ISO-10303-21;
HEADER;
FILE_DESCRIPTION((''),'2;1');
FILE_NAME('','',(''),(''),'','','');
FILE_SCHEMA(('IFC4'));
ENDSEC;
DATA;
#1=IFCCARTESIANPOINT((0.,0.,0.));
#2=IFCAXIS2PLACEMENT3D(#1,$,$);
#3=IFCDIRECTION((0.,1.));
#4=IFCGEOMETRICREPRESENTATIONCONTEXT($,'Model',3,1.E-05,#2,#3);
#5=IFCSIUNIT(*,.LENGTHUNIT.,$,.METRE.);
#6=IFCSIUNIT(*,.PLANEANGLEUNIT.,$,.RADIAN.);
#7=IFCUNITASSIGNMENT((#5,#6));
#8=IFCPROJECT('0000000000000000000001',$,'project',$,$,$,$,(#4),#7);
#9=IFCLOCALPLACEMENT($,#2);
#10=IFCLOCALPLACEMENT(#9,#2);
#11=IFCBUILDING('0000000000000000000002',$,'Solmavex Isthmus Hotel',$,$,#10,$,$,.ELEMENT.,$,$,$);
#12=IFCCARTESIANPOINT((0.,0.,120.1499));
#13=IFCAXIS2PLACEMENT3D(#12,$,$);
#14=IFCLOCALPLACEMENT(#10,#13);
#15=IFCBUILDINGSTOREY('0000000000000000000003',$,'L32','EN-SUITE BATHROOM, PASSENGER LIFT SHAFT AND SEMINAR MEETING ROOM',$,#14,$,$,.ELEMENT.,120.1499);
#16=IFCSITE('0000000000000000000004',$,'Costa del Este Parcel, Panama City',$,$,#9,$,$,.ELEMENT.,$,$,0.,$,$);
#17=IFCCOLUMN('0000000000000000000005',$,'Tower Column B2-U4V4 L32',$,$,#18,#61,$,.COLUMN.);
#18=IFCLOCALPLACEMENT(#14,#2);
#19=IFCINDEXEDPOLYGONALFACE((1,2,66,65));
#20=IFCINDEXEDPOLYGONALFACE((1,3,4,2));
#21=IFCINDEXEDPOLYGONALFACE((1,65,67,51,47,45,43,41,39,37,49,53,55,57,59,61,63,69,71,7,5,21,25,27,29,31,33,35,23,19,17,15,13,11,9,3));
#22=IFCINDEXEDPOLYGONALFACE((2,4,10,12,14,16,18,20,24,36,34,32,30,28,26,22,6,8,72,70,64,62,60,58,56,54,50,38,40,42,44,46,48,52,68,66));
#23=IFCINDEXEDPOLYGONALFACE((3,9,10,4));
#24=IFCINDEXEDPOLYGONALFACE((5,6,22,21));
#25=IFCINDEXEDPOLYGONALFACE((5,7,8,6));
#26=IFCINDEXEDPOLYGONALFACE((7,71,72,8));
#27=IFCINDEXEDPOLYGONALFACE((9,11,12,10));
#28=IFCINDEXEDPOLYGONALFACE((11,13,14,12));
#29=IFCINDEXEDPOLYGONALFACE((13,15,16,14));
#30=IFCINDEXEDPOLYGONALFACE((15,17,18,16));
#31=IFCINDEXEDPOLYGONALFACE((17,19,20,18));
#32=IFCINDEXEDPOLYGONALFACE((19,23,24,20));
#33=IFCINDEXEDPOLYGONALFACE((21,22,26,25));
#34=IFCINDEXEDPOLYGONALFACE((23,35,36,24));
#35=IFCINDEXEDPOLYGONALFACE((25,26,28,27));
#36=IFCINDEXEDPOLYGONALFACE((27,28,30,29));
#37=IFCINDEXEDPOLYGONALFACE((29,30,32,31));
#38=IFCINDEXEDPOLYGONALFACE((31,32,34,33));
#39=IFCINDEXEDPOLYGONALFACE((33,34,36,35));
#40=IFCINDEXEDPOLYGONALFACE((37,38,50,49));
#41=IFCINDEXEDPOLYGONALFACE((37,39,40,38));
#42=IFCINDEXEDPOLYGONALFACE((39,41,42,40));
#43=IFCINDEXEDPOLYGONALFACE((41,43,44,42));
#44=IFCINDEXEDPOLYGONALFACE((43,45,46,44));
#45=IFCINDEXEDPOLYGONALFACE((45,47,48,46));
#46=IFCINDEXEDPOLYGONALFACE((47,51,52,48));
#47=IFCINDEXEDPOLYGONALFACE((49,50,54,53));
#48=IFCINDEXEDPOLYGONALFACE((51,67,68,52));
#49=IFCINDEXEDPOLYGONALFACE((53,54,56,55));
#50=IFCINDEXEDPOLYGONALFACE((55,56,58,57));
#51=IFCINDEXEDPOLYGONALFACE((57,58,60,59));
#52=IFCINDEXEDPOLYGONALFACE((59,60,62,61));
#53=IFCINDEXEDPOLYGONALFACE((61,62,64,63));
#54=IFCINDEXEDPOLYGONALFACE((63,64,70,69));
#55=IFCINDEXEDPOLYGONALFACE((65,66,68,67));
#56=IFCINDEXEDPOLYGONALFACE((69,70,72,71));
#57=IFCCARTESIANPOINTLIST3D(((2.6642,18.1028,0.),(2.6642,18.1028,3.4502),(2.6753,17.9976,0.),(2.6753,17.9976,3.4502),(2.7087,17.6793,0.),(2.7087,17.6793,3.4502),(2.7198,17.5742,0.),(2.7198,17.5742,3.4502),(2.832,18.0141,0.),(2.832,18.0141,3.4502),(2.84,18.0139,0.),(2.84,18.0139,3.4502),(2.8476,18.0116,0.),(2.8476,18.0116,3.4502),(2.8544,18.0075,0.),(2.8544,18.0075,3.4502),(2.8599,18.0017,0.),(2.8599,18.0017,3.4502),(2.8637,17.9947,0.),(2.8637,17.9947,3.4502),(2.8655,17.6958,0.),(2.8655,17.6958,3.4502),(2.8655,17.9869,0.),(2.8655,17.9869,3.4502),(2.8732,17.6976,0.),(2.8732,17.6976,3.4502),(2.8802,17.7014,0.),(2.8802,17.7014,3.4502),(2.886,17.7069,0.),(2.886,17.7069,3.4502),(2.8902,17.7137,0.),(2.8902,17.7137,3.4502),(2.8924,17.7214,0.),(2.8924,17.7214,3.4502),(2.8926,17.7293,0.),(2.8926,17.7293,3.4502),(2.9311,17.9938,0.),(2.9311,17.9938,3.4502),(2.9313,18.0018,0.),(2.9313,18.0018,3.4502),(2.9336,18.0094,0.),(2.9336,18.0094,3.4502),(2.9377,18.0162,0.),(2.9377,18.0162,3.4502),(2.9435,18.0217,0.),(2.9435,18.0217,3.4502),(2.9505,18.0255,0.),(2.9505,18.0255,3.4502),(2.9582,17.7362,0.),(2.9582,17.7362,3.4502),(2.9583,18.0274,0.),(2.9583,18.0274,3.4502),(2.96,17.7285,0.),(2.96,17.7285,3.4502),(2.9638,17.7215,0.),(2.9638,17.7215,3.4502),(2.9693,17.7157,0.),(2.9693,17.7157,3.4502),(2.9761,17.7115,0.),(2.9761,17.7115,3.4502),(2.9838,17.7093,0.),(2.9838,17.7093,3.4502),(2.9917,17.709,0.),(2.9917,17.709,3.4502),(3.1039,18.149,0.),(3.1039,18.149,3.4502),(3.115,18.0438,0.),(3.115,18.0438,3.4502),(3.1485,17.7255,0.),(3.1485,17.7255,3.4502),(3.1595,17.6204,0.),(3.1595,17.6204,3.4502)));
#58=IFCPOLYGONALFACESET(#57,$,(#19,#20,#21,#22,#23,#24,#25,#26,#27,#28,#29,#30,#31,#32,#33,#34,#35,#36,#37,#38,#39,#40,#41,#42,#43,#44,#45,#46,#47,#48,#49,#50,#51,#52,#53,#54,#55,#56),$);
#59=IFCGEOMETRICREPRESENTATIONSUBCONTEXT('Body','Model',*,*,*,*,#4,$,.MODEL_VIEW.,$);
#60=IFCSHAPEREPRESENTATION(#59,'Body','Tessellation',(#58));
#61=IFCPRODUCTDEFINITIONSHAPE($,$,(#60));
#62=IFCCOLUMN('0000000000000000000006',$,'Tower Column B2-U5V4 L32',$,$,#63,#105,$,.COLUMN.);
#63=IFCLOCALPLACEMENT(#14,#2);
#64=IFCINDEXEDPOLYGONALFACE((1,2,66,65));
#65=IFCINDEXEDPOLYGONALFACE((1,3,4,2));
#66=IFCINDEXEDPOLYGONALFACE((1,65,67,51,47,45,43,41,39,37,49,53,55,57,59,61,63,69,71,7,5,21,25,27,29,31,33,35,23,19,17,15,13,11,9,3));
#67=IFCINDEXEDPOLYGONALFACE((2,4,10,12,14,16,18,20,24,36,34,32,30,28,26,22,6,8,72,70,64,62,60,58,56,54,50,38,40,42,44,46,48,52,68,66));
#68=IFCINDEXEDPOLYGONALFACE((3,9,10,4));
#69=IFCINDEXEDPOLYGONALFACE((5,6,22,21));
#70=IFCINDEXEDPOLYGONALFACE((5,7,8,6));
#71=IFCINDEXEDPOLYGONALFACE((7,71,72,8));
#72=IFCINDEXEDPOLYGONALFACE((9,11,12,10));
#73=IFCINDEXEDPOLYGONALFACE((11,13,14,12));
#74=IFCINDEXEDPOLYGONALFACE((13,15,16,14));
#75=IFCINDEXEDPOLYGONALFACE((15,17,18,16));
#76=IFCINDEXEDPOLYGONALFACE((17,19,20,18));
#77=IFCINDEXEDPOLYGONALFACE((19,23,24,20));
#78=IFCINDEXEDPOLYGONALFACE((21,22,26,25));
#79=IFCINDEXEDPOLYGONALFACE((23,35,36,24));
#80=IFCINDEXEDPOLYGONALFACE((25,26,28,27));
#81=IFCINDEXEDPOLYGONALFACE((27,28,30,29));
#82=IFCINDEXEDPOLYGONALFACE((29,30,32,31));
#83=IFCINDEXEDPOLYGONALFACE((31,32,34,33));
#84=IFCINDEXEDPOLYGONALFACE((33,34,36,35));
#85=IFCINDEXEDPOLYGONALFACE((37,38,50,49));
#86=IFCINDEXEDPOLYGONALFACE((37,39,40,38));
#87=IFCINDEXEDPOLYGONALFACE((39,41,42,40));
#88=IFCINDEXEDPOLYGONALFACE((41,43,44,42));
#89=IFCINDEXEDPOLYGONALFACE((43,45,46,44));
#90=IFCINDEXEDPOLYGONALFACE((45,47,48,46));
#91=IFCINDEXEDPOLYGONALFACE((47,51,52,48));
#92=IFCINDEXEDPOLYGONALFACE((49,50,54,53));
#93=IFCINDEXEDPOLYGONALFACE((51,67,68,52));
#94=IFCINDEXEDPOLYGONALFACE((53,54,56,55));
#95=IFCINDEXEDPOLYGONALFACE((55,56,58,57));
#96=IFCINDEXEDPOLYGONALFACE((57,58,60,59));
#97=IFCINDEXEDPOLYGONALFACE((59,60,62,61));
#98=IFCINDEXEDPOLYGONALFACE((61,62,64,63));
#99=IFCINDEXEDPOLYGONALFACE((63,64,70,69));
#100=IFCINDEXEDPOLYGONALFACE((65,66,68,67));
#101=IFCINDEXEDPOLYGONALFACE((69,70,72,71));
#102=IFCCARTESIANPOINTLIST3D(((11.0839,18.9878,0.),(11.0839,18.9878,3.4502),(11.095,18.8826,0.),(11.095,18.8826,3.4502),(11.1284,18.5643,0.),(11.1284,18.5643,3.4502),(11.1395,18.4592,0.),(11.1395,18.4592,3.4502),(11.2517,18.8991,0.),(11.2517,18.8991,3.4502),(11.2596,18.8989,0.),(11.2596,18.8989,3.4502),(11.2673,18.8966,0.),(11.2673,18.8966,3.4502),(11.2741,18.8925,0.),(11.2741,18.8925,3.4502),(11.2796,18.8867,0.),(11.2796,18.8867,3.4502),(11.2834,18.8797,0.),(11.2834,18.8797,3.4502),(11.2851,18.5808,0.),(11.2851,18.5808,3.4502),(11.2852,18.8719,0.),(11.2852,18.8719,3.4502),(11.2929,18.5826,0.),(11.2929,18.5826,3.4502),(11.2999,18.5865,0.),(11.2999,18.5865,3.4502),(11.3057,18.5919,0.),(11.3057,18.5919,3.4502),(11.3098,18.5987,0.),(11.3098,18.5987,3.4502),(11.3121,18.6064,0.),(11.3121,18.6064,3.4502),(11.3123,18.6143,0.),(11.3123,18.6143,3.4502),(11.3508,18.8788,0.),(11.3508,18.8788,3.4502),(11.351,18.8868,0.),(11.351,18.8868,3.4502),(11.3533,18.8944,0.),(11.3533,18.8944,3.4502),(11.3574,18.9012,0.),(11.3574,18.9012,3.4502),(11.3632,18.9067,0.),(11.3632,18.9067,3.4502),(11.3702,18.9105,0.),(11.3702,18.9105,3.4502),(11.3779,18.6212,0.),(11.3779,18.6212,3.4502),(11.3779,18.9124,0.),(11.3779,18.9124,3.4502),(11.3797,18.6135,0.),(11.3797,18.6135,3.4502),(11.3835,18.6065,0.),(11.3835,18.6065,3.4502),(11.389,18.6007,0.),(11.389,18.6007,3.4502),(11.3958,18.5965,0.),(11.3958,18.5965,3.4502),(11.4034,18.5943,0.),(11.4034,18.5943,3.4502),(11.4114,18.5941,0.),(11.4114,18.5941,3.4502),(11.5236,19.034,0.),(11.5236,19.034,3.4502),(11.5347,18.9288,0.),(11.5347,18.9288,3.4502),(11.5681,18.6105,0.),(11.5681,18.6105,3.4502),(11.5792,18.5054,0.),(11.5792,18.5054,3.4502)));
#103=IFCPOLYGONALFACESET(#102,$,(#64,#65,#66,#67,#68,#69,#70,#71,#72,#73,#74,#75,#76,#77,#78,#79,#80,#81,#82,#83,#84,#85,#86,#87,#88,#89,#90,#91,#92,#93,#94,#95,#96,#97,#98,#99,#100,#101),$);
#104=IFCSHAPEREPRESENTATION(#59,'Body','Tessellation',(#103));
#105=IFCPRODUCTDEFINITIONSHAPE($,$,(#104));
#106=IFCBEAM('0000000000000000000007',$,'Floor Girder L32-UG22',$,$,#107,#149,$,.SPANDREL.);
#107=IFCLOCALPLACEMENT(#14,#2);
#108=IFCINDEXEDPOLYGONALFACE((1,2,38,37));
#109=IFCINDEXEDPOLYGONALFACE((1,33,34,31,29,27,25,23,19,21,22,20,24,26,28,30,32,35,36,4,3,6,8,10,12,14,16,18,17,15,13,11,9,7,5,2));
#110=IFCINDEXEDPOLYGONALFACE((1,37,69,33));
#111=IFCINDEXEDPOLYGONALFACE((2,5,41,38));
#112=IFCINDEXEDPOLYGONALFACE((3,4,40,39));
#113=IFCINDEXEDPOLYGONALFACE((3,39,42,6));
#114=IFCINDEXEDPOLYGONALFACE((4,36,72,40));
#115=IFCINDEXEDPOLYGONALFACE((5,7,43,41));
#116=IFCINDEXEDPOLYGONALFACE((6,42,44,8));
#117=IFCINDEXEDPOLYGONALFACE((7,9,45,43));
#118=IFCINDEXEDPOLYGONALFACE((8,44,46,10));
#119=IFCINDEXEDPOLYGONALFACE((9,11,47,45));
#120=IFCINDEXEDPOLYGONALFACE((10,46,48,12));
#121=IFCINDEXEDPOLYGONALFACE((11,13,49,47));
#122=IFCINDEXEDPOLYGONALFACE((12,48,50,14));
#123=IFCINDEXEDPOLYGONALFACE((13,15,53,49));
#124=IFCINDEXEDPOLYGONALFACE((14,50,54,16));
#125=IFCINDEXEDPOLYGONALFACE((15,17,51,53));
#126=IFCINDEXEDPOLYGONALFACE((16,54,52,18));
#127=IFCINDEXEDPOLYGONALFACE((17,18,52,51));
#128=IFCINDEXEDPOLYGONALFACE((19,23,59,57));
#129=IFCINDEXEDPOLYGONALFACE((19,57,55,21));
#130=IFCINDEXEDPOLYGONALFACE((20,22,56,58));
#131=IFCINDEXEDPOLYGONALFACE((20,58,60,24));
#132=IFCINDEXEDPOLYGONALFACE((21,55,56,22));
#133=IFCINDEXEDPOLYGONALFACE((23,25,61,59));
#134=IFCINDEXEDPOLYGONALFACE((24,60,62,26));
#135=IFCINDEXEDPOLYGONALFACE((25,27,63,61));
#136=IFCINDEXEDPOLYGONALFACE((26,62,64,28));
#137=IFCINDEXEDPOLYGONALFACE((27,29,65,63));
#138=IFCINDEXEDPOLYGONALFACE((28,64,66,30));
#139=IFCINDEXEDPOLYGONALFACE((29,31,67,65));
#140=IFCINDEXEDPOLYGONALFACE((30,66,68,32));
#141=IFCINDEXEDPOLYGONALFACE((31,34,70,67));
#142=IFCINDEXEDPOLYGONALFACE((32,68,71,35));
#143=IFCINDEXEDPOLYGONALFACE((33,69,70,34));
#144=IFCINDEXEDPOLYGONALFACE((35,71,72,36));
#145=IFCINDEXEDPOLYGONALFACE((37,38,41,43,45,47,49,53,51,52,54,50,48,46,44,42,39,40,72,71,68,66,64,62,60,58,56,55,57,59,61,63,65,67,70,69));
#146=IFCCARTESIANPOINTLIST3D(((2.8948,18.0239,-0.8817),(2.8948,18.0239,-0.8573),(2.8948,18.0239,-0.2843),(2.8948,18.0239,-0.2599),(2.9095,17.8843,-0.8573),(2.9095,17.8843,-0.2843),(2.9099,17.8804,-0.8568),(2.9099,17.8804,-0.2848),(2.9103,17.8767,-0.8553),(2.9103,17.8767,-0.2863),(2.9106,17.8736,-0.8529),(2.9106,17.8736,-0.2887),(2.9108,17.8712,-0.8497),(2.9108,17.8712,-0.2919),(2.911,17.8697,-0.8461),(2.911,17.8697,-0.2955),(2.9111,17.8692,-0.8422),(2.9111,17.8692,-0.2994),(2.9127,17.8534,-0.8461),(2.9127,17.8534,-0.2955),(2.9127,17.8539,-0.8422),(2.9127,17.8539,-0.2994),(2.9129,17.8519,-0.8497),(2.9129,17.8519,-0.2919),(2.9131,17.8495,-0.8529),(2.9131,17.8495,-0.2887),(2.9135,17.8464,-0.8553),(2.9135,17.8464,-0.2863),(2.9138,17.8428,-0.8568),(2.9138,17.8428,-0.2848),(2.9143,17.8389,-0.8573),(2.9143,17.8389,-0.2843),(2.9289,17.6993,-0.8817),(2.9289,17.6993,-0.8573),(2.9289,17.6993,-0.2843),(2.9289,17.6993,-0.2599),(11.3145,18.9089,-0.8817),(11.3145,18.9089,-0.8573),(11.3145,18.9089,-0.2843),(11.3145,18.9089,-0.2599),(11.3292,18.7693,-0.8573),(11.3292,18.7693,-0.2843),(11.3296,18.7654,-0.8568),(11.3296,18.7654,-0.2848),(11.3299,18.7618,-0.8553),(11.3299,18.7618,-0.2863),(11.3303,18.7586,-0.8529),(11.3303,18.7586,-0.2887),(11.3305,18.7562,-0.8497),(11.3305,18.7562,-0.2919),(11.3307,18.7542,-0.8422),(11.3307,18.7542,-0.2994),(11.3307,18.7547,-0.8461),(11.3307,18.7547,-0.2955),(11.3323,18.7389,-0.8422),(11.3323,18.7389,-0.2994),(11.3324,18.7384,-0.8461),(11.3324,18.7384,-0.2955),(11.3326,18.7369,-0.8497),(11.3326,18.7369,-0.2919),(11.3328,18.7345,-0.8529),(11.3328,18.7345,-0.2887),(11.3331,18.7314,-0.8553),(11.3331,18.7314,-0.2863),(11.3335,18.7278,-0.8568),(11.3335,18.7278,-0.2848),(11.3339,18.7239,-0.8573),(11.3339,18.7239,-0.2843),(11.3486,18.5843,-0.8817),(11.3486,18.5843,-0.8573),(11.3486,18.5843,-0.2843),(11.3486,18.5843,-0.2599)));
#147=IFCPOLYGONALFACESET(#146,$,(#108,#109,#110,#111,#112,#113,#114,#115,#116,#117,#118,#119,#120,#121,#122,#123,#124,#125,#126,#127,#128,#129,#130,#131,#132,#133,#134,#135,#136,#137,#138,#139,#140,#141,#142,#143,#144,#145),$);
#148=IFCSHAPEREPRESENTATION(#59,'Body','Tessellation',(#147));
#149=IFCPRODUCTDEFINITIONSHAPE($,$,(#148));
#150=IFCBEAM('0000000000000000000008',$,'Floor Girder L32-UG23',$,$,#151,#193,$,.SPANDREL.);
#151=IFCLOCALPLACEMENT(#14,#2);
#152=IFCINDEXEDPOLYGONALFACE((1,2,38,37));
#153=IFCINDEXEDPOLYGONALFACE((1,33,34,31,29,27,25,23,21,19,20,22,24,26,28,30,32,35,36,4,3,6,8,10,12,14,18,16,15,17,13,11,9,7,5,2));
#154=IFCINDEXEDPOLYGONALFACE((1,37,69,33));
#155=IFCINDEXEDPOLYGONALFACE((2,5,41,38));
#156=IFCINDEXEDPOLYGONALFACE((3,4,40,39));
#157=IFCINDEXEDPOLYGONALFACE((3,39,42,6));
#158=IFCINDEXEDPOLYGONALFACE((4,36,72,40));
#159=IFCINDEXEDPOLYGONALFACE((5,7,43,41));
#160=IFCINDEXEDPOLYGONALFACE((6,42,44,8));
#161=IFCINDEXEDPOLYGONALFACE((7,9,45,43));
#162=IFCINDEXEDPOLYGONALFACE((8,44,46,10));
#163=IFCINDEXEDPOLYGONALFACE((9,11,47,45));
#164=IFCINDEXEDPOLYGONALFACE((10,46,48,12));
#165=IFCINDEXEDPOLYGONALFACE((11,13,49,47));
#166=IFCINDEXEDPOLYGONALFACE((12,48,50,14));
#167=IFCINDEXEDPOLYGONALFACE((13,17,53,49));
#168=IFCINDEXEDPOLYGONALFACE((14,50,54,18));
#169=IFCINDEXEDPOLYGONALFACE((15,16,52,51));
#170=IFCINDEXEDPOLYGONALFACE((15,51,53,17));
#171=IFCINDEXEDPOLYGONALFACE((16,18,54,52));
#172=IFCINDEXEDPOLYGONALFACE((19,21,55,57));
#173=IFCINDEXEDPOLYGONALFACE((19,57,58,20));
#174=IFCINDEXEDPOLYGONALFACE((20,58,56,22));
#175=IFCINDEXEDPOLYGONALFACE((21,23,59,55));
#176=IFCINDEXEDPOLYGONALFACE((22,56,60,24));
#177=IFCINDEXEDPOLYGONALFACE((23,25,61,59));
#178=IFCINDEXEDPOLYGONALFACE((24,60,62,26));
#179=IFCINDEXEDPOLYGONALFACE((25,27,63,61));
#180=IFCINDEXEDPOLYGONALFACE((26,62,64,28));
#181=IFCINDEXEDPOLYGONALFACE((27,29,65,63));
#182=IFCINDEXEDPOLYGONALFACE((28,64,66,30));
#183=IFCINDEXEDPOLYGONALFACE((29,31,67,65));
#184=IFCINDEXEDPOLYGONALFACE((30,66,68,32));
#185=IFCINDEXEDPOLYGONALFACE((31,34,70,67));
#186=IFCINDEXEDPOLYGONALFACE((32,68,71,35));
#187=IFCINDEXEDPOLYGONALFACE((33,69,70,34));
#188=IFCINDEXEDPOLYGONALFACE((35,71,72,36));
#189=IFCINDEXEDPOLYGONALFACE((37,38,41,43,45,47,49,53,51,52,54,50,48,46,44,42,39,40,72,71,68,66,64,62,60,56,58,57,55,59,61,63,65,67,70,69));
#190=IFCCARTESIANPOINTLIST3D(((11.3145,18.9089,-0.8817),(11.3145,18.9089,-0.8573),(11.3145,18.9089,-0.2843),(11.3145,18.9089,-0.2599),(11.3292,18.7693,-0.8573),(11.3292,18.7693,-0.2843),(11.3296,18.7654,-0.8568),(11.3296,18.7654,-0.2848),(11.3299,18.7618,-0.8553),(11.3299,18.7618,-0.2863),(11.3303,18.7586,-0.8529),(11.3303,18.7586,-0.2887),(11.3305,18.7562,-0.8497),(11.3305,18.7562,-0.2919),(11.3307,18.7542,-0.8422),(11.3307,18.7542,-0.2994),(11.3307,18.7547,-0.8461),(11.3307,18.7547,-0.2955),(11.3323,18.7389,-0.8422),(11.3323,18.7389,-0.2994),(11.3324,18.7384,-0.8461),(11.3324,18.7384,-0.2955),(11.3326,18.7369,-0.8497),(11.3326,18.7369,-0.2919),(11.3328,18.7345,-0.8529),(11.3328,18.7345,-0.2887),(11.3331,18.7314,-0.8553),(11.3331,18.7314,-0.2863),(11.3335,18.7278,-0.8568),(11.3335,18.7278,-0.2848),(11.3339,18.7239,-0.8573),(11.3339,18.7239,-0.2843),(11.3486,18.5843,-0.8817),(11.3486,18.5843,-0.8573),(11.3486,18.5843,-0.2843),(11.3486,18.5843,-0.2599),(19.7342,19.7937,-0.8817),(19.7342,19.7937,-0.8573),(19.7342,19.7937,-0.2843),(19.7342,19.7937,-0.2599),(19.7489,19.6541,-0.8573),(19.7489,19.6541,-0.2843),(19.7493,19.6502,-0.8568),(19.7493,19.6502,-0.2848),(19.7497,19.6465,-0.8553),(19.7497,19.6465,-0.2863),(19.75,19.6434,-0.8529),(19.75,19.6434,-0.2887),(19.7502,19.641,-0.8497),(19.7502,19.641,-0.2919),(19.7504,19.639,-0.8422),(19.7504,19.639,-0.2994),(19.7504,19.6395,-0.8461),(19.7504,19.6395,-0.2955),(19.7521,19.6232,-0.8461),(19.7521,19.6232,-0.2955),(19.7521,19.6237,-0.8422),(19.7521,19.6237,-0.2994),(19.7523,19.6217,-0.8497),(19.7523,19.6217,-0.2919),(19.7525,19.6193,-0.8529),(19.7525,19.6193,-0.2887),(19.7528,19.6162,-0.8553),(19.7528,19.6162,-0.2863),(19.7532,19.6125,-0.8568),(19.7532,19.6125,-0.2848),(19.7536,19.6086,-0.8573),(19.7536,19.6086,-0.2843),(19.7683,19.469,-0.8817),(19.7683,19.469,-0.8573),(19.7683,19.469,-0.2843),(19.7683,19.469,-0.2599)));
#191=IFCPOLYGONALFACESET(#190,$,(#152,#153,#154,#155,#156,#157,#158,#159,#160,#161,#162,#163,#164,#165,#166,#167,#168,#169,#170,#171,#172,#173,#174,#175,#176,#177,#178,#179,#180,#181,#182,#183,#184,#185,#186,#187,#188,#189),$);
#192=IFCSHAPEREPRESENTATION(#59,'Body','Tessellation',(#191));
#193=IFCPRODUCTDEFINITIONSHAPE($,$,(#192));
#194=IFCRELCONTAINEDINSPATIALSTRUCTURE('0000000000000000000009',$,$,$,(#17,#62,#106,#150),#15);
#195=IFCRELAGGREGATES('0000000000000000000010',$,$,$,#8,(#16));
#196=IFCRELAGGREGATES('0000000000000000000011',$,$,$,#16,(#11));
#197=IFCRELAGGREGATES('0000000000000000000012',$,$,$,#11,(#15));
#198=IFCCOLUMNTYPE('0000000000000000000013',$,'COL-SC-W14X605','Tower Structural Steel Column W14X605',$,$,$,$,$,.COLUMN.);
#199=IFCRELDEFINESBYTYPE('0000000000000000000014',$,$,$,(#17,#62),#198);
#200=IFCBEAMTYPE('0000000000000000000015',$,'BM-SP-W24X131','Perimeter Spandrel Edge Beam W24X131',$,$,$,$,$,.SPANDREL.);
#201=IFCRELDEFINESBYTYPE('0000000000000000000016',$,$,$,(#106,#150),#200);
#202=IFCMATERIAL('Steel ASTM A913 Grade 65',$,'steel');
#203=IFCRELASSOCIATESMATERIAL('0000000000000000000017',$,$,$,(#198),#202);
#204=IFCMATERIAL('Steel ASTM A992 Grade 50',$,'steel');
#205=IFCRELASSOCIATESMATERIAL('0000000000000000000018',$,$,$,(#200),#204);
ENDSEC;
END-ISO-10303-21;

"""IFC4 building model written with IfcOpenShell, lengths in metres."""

from ifc_helpers import new_model, si_unit, direction, frame, origin, origin_2d, place, context, subcontext, project, spatial, i_section, extrude, material, material_profile, profile_set, type_object, element, save


model = new_model("IFC4")

# Units and contexts
model_context = context("Model", 3, precision=1e-05, world=origin(), true_north=direction((0.0, 1.0)))
body_context = subcontext(model_context, "Body", "Model", "MODEL_VIEW")
ifc_project = project(units=[si_unit("LENGTHUNIT", "METRE"), si_unit("PLANEANGLEUNIT", "RADIAN")], contexts=[model_context])

# Site, building, storey
site_placement = place(None, origin())
site = spatial("IfcSite", under=ifc_project, at=site_placement, Name="Costa del Este Parcel, Panama City", CompositionType="ELEMENT", RefElevation=0.0)
building_placement = place(site_placement, origin())
building = spatial("IfcBuilding", under=site, at=building_placement, Name="Solmavex Isthmus Hotel", CompositionType="ELEMENT")
storey_placement = place(building_placement, frame((0.0, 0.0, 120.1499)))
storey = spatial("IfcBuildingStorey", under=building, at=storey_placement, Name="L32", Description="EN-SUITE BATHROOM, PASSENGER LIFT SHAFT AND SEMINAR MEETING ROOM", CompositionType="ELEMENT", Elevation=120.1499)

# Columns
ifc_material_1 = material(Name="Steel ASTM A913 Grade 65", Category="steel")
ifc_material_profile_1 = material_profile(ifc_material_1, i_section(OverallWidth=0.4421, OverallDepth=0.5315, WebThickness=0.0659, FlangeThickness=0.1057, FilletRadius=0.0305, at=origin_2d()), Name="W14X605")
ifc_profile_set_1 = profile_set([ifc_material_profile_1], Name="Steel ASTM A913 Grade 65")
column_type = type_object("IfcColumnType", Name="COL-SC-W14X605", Description="Tower Structural Steel Column W14X605", PredefinedType="COLUMN", material=ifc_profile_set_1)
for number, where, z_axis, x_axis, name in (
    (1, (2.9119, 17.8616, 0.0), (0.0, 0.0, 1.0), (0.994522, 0.104528, 0.0), "Tower Column B2-U4V4 L32"),
    (2, (11.3315, 18.7466, 0.0), (0.0, 0.0, 1.0), (0.994522, 0.104528, 0.0), "Tower Column B2-U5V4 L32"),
):
    element("IfcColumn", number, at=place(storey_placement, frame(where, z_axis=z_axis, x_axis=x_axis)), inside=storey, type_object=column_type, Name=name, PredefinedType="COLUMN", context=body_context, shape_type="SweptSolid", body=[
        extrude(i_section(OverallWidth=0.4421, OverallDepth=0.5315, WebThickness=0.0659, FlangeThickness=0.1057, FilletRadius=0.0305, at=origin_2d()), origin(), (0.0, 0.0, 1.0), 3.4502),
    ])

# Beams
ifc_material_2 = material(Name="Steel ASTM A992 Grade 50", Category="steel")
ifc_material_profile_2 = material_profile(ifc_material_2, i_section(OverallWidth=0.3264, OverallDepth=0.6218, WebThickness=0.0154, FlangeThickness=0.0244, FilletRadius=0.0151, at=origin_2d()), Name="W24X131")
ifc_profile_set_2 = profile_set([ifc_material_profile_2], Name="Steel ASTM A992 Grade 50")
beam_type = type_object("IfcBeamType", Name="BM-SP-W24X131", Description="Perimeter Spandrel Edge Beam W24X131", PredefinedType="SPANDREL", material=ifc_profile_set_2)
for number, where, z_axis, x_axis, name in (
    (3, (2.9119, 17.8616, -0.5708), (0.994521, 0.104536, 0.0), (-0.104536, 0.994521, 0.0), "Floor Girder L32-UG22"),
    (4, (11.3315, 18.7466, -0.5708), (0.994524, 0.104508, 0.0), (-0.104508, 0.994524, 0.0), "Floor Girder L32-UG23"),
):
    element("IfcBeam", number, at=place(storey_placement, frame(where, z_axis=z_axis, x_axis=x_axis)), inside=storey, type_object=beam_type, Name=name, PredefinedType="SPANDREL", context=body_context, shape_type="SweptSolid", body=[
        extrude(i_section(OverallWidth=0.3264, OverallDepth=0.6218, WebThickness=0.0154, FlangeThickness=0.0244, FilletRadius=0.0151, at=origin_2d()), origin(), (0.0, 0.0, 1.0), 8.4661),
    ])

save(model, "model.ifc")
